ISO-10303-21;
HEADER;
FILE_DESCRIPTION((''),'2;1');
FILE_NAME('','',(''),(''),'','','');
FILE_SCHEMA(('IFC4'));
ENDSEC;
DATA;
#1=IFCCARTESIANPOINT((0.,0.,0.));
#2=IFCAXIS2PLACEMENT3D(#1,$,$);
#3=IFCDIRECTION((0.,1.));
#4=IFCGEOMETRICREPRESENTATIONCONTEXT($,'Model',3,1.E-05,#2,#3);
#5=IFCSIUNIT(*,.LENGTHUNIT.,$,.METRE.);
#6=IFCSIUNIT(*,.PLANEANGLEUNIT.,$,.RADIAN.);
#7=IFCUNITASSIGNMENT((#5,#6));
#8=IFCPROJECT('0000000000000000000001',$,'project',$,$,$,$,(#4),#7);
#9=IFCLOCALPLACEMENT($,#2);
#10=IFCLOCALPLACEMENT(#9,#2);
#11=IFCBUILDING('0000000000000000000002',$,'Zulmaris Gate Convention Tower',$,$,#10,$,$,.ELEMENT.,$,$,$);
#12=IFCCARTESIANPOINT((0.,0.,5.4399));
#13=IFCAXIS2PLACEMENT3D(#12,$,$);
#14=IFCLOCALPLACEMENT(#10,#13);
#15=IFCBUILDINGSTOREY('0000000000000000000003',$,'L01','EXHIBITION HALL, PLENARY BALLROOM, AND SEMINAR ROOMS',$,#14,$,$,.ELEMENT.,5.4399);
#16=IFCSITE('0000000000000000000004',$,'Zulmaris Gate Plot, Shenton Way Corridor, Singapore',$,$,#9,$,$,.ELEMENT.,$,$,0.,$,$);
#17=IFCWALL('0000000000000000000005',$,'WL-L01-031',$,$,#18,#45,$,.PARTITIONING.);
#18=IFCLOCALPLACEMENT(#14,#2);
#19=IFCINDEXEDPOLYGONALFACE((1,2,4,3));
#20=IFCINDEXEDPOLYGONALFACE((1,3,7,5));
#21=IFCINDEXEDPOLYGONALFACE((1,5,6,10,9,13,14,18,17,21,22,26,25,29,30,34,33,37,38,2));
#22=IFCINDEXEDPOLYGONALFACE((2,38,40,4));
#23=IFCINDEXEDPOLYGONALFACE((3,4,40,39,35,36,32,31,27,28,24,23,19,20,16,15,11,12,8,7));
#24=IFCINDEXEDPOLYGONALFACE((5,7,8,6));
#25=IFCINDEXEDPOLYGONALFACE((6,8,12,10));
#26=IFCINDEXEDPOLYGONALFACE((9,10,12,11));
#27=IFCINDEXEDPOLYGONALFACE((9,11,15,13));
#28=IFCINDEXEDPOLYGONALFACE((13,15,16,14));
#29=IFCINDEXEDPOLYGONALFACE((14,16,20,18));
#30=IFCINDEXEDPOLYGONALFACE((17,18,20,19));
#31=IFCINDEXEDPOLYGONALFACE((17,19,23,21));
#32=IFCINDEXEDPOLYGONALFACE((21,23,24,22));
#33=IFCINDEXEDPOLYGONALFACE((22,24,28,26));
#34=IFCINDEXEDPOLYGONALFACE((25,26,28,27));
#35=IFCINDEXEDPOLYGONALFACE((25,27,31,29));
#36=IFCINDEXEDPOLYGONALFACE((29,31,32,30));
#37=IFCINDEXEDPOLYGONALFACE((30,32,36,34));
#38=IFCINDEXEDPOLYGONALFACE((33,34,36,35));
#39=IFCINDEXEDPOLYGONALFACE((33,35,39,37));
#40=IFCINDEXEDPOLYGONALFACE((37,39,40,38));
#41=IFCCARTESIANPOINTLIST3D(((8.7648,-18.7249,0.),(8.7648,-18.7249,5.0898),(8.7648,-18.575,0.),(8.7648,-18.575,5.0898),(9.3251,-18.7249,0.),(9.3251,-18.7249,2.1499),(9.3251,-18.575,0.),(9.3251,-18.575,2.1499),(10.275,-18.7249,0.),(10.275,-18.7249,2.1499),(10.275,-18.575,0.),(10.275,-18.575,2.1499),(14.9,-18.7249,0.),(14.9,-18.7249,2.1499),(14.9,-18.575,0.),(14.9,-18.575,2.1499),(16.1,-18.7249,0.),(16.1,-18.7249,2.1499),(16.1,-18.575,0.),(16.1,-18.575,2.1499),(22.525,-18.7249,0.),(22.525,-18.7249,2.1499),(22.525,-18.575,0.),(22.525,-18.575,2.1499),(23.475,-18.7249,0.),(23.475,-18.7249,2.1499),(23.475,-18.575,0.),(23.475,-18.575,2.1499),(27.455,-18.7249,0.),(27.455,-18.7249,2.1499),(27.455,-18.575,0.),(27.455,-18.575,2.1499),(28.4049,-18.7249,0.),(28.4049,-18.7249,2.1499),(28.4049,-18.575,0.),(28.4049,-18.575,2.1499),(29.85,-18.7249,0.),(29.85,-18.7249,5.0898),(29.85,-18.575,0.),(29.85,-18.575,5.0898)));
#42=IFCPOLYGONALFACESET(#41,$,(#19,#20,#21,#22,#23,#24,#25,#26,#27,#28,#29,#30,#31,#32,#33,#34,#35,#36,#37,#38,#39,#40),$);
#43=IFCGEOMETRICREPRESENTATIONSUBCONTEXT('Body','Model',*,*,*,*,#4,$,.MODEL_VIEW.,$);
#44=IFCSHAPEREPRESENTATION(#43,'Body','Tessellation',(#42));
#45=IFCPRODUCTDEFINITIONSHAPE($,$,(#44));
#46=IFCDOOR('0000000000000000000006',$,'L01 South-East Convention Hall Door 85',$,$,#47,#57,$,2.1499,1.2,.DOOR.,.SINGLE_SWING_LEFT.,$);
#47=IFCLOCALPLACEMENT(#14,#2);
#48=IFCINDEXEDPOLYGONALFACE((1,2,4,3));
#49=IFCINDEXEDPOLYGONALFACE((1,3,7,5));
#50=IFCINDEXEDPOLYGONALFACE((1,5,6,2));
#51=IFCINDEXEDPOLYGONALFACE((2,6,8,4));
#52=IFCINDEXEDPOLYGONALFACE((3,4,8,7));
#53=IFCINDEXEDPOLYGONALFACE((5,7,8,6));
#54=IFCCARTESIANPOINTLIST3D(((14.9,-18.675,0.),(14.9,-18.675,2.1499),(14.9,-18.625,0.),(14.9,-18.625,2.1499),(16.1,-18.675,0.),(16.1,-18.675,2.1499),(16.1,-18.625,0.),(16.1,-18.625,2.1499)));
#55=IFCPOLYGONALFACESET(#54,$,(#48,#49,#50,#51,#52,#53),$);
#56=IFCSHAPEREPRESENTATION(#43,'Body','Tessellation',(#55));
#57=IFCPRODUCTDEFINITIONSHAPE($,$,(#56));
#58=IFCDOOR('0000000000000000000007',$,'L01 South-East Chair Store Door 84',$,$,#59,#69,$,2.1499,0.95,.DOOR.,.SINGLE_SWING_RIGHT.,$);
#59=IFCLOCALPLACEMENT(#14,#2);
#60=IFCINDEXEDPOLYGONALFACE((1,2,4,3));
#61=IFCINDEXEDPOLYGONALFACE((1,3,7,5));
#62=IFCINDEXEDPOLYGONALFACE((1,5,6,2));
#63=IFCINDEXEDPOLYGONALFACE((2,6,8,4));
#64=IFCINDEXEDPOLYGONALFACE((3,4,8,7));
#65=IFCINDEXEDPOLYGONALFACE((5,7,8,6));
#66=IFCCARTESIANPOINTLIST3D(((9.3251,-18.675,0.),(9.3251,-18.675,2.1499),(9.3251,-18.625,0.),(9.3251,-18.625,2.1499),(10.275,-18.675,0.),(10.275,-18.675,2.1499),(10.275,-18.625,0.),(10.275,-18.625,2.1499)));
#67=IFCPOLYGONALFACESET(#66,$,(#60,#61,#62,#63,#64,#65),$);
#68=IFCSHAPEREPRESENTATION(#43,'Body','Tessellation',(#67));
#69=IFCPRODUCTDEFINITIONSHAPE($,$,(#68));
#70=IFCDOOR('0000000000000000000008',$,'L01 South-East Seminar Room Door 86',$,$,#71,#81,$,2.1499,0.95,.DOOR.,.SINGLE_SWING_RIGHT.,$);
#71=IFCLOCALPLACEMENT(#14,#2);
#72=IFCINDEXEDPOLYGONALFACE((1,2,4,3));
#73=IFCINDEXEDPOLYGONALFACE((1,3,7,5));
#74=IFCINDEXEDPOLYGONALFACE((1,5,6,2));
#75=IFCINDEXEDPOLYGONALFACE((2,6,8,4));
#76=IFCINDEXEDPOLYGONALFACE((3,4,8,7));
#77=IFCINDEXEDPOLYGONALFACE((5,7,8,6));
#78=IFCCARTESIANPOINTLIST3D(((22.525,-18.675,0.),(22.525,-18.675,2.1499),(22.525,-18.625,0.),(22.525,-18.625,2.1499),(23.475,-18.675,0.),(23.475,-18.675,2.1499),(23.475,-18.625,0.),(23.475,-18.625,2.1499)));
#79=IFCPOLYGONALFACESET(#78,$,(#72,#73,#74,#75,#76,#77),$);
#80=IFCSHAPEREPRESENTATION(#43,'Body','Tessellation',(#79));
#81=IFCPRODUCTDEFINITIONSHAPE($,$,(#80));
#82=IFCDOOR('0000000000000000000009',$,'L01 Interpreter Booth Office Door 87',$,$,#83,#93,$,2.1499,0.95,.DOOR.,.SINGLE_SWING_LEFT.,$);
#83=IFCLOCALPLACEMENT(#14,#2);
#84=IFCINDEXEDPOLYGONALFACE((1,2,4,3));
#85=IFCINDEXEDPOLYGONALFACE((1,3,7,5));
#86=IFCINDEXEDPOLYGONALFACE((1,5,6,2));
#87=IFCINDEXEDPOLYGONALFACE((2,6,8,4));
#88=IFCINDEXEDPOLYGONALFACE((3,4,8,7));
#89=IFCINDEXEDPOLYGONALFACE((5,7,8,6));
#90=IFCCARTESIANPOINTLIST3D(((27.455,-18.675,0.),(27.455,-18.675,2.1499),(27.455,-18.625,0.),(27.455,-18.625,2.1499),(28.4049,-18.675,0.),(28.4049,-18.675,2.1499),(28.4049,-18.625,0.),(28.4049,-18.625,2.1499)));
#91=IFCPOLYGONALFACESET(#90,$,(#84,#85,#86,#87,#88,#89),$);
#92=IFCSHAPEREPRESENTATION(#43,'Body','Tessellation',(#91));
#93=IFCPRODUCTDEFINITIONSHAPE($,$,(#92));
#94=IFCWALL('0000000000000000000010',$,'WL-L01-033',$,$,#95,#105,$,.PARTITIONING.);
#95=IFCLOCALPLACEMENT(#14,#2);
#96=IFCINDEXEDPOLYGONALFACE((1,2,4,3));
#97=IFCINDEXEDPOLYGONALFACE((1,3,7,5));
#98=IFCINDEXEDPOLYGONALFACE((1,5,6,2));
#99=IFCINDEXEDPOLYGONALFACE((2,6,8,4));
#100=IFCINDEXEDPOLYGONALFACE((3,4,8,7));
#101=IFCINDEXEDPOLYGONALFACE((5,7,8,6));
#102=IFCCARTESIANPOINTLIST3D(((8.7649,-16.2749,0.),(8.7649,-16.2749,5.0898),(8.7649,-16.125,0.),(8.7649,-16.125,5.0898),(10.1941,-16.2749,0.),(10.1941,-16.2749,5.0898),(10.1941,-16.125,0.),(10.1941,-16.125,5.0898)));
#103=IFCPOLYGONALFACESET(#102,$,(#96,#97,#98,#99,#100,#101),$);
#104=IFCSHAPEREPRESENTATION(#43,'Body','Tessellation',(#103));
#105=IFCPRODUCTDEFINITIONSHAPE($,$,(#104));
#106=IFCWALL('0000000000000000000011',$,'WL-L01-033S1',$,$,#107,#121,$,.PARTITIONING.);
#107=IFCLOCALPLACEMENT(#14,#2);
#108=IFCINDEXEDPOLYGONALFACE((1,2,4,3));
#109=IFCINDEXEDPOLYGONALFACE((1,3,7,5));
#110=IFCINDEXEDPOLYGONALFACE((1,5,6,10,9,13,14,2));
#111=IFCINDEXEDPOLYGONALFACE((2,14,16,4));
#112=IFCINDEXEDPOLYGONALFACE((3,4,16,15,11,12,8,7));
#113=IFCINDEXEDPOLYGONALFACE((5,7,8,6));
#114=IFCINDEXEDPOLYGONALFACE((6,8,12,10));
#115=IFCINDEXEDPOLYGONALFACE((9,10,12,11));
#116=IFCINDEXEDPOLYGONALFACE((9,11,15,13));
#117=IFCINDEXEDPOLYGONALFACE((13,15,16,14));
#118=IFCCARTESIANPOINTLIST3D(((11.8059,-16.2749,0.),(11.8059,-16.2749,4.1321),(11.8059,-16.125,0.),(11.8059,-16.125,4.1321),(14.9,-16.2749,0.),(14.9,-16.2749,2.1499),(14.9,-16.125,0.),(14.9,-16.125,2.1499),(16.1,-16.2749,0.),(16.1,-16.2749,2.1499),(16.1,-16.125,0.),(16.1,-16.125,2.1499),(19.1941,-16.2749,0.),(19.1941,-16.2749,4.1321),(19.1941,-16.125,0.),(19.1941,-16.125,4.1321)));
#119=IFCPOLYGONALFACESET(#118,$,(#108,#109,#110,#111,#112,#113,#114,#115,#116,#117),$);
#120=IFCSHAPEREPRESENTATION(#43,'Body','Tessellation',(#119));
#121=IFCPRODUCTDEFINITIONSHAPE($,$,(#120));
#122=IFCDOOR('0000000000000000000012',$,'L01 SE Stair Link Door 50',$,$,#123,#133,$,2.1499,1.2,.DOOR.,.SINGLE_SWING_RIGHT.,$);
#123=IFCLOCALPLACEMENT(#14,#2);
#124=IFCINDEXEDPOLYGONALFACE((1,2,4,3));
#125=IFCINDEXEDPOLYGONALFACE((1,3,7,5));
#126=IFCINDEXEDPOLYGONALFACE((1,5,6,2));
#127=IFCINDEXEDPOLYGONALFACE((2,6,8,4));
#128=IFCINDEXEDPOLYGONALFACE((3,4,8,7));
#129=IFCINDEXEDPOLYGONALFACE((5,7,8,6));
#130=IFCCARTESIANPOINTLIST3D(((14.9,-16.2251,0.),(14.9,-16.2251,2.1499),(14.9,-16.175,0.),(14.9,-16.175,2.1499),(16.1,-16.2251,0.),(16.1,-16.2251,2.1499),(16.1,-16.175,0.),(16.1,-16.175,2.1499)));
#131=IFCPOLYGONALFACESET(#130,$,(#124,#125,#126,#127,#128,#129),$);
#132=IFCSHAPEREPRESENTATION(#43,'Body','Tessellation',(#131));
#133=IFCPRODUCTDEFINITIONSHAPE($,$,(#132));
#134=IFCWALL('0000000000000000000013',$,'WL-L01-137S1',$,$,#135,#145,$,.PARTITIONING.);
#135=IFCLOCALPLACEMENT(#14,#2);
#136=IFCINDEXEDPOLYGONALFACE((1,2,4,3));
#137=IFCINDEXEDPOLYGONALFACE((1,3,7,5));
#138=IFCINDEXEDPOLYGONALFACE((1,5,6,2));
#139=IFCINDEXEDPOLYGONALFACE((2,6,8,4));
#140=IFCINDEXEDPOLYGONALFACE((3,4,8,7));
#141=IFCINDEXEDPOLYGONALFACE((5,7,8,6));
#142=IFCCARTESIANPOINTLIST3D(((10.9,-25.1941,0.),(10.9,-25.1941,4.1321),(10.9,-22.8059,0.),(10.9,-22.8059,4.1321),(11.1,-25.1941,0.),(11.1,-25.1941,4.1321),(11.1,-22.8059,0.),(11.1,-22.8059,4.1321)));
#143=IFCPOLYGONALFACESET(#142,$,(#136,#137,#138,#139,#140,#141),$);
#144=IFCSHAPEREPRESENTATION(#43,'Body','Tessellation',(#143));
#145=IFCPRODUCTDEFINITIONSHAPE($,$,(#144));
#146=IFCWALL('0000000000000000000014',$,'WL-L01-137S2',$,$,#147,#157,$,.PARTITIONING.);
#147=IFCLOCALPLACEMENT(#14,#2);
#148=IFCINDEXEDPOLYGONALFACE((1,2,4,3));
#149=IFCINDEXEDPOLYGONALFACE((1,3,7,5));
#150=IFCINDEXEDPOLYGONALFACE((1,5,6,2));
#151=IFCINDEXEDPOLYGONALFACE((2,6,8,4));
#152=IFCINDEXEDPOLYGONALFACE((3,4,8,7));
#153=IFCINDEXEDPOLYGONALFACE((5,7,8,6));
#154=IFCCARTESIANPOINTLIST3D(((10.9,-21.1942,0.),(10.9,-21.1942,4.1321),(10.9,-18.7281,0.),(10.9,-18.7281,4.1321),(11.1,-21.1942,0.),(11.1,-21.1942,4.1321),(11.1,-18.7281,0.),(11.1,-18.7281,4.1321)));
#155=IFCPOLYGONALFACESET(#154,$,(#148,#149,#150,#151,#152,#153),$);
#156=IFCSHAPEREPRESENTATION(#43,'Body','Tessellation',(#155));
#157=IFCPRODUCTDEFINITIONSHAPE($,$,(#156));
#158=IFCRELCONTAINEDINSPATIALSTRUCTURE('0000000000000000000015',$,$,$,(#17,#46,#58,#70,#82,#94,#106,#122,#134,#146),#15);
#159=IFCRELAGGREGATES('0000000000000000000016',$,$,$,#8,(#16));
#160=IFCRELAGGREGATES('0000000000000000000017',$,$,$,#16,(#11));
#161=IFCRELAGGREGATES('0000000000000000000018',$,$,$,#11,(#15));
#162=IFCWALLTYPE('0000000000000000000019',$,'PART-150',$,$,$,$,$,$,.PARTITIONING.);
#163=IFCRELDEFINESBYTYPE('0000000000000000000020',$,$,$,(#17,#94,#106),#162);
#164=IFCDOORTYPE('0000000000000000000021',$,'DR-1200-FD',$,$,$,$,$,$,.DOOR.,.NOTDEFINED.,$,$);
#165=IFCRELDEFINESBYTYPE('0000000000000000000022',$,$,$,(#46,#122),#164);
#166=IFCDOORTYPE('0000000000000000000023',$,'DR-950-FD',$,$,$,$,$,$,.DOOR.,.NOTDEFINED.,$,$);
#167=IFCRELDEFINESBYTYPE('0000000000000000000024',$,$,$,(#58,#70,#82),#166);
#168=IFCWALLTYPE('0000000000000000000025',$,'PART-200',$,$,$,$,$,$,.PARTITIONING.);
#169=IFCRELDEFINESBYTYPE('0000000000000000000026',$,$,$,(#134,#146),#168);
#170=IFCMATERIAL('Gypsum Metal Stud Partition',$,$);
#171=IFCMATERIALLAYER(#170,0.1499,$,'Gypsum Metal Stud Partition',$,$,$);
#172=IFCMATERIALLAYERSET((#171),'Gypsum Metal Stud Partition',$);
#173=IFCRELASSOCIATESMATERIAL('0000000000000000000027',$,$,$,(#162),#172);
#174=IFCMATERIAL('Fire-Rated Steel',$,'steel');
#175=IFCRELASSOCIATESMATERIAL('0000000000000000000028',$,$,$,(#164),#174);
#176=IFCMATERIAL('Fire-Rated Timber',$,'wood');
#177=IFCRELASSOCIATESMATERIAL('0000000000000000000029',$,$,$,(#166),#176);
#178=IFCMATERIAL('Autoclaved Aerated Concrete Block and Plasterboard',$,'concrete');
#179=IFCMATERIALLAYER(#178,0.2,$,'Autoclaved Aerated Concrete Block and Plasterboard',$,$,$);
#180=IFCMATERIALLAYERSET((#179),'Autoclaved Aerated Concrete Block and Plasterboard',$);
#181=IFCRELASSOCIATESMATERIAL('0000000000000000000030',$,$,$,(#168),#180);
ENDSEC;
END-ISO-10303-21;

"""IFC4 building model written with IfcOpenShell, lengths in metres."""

from ifc_helpers import new_model, si_unit, direction, frame, frame_2d, origin, place, context, subcontext, project, spatial, rectangle, extrude, material, layer, layer_set, type_object, element, fill, save


model = new_model("IFC4")

# Units and contexts
model_context = context("Model", 3, precision=1e-05, world=origin(), true_north=direction((0.0, 1.0)))
body_context = subcontext(model_context, "Body", "Model", "MODEL_VIEW")
ifc_project = project(units=[si_unit("LENGTHUNIT", "METRE"), si_unit("PLANEANGLEUNIT", "RADIAN")], contexts=[model_context])

# Site, building, storey
site_placement = place(None, origin())
site = spatial("IfcSite", under=ifc_project, at=site_placement, Name="Zulmaris Gate Plot, Shenton Way Corridor, Singapore", CompositionType="ELEMENT", RefElevation=0.0)
building_placement = place(site_placement, origin())
building = spatial("IfcBuilding", under=site, at=building_placement, Name="Zulmaris Gate Convention Tower", CompositionType="ELEMENT")
storey_placement = place(building_placement, frame((0.0, 0.0, 5.4399)))
storey = spatial("IfcBuildingStorey", under=building, at=storey_placement, Name="L01", Description="EXHIBITION HALL, PLENARY BALLROOM, AND SEMINAR ROOMS", CompositionType="ELEMENT", Elevation=5.4399)

# Wall, openings, doors
ifc_material_1 = material(Name="Gypsum Metal Stud Partition")
ifc_layer_1 = layer(ifc_material_1, 0.1499, Name="Gypsum Metal Stud Partition")
ifc_layer_set_1 = layer_set([ifc_layer_1], Name="Gypsum Metal Stud Partition")
wall_type_1 = type_object("IfcWallType", Name="PART-150", PredefinedType="PARTITIONING", material=ifc_layer_set_1)
wall_1_placement = place(storey_placement, frame((8.7649, -18.6499, 0.0), z_axis=(0.0, 0.0, 1.0), x_axis=(1.0, 0.0, 0.0)))
wall_1 = element("IfcWall", 1, at=wall_1_placement, inside=storey, type_object=wall_type_1, Name="WL-L01-031", PredefinedType="PARTITIONING", context=body_context, shape_type="SweptSolid", body=[
    extrude(rectangle(XDim=21.0852, YDim=0.1499, at=frame_2d((10.5425, 0.0))), origin(), (0.0, 0.0, 1.0), 5.0898),
])
opening_1_placement = place(wall_1_placement, frame((0.5601, 0.0, 0.0)))
opening_1 = element("IfcOpeningElement", 2, at=opening_1_placement, cuts=wall_1, PredefinedType="OPENING", context=body_context, shape_type="SweptSolid", body=[
    extrude(rectangle(XDim=0.95, YDim=2.1499, at=frame_2d((0.4751, 1.075))), frame((0.0, 0.085, 0.0), z_axis=(0.0, -1.0, 0.0), x_axis=(1.0, 0.0, 0.0)), (0.0, 0.0, 1.0), 0.1699),
])
opening_2_placement = place(wall_1_placement, frame((6.135, 0.0, 0.0)))
opening_2 = element("IfcOpeningElement", 3, at=opening_2_placement, cuts=wall_1, PredefinedType="OPENING", context=body_context, shape_type="SweptSolid", body=[
    extrude(rectangle(XDim=1.2, YDim=2.1499, at=frame_2d((0.6001, 1.075))), frame((0.0, 0.085, 0.0), z_axis=(0.0, -1.0, 0.0), x_axis=(1.0, 0.0, 0.0)), (0.0, 0.0, 1.0), 0.1699),
])
opening_3_placement = place(wall_1_placement, frame((13.76, 0.0, 0.0)))
opening_3 = element("IfcOpeningElement", 4, at=opening_3_placement, cuts=wall_1, PredefinedType="OPENING", context=body_context, shape_type="SweptSolid", body=[
    extrude(rectangle(XDim=0.95, YDim=2.1499, at=frame_2d((0.4751, 1.075))), frame((0.0, 0.085, 0.0), z_axis=(0.0, -1.0, 0.0), x_axis=(1.0, 0.0, 0.0)), (0.0, 0.0, 1.0), 0.1699),
])
opening_4_placement = place(wall_1_placement, frame((18.6899, 0.0, 0.0)))
opening_4 = element("IfcOpeningElement", 5, at=opening_4_placement, cuts=wall_1, PredefinedType="OPENING", context=body_context, shape_type="SweptSolid", body=[
    extrude(rectangle(XDim=0.95, YDim=2.1499, at=frame_2d((0.4751, 1.075))), frame((0.0, 0.085, 0.0), z_axis=(0.0, -1.0, 0.0), x_axis=(1.0, 0.0, 0.0)), (0.0, 0.0, 1.0), 0.1699),
])
ifc_material_2 = material(Name="Fire-Rated Steel", Category="steel")
door_type_1 = type_object("IfcDoorType", Name="DR-1200-FD", OperationType="NOTDEFINED", PredefinedType="DOOR", material=ifc_material_2)
door_1_placement = place(opening_2_placement, origin())
door_1 = element("IfcDoor", 6, at=door_1_placement, inside=storey, type_object=door_type_1, Name="L01 South-East Convention Hall Door 85", OperationType="SINGLE_SWING_LEFT", OverallHeight=2.1499, OverallWidth=1.2, PredefinedType="DOOR", context=body_context, shape_type="SweptSolid", body=[
    extrude(rectangle(XDim=1.2, YDim=2.1499, at=frame_2d((0.6001, 1.075))), frame((0.0, 0.0249, 0.0), z_axis=(0.0, -1.0, 0.0), x_axis=(1.0, 0.0, 0.0)), (0.0, 0.0, 1.0), 0.05),
])
fill(opening_2, door_1)
ifc_material_3 = material(Name="Fire-Rated Timber", Category="wood")
door_type_2 = type_object("IfcDoorType", Name="DR-950-FD", OperationType="NOTDEFINED", PredefinedType="DOOR", material=ifc_material_3)
door_2_placement = place(opening_1_placement, origin())
door_2 = element("IfcDoor", 7, at=door_2_placement, inside=storey, type_object=door_type_2, Name="L01 South-East Chair Store Door 84", OperationType="SINGLE_SWING_RIGHT", OverallHeight=2.1499, OverallWidth=0.95, PredefinedType="DOOR", context=body_context, shape_type="SweptSolid", body=[
    extrude(rectangle(XDim=0.95, YDim=2.1499, at=frame_2d((0.4751, 1.075))), frame((0.0, 0.0249, 0.0), z_axis=(0.0, -1.0, 0.0), x_axis=(1.0, 0.0, 0.0)), (0.0, 0.0, 1.0), 0.05),
])
fill(opening_1, door_2)
door_3_placement = place(opening_3_placement, origin())
door_3 = element("IfcDoor", 8, at=door_3_placement, inside=storey, type_object=door_type_2, Name="L01 South-East Seminar Room Door 86", OperationType="SINGLE_SWING_RIGHT", OverallHeight=2.1499, OverallWidth=0.95, PredefinedType="DOOR", context=body_context, shape_type="SweptSolid", body=[
    extrude(rectangle(XDim=0.95, YDim=2.1499, at=frame_2d((0.4751, 1.075))), frame((0.0, 0.0249, 0.0), z_axis=(0.0, -1.0, 0.0), x_axis=(1.0, 0.0, 0.0)), (0.0, 0.0, 1.0), 0.05),
])
fill(opening_3, door_3)
door_4_placement = place(opening_4_placement, origin())
door_4 = element("IfcDoor", 9, at=door_4_placement, inside=storey, type_object=door_type_2, Name="L01 Interpreter Booth Office Door 87", OperationType="SINGLE_SWING_LEFT", OverallHeight=2.1499, OverallWidth=0.95, PredefinedType="DOOR", context=body_context, shape_type="SweptSolid", body=[
    extrude(rectangle(XDim=0.95, YDim=2.1499, at=frame_2d((0.4751, 1.075))), frame((0.0, 0.0249, 0.0), z_axis=(0.0, -1.0, 0.0), x_axis=(1.0, 0.0, 0.0)), (0.0, 0.0, 1.0), 0.05),
])
fill(opening_4, door_4)

# Wall
wall_2_placement = place(storey_placement, frame((8.7649, -16.2, 0.0), z_axis=(0.0, 0.0, 1.0), x_axis=(1.0, 0.0, 0.0)))
element("IfcWall", 10, at=wall_2_placement, inside=storey, type_object=wall_type_1, Name="WL-L01-033", PredefinedType="PARTITIONING", context=body_context, shape_type="SweptSolid", body=[
    extrude(rectangle(XDim=1.4292, YDim=0.1499, at=frame_2d((0.7146, 0.0))), origin(), (0.0, 0.0, 1.0), 5.0898),
])

# Wall, opening, door
wall_3_placement = place(storey_placement, frame((11.8059, -16.2, 0.0), z_axis=(0.0, 0.0, 1.0), x_axis=(1.0, 0.0, 0.0)))
wall_3 = element("IfcWall", 11, at=wall_3_placement, inside=storey, type_object=wall_type_1, Name="WL-L01-033S1", PredefinedType="PARTITIONING", context=body_context, shape_type="SweptSolid", body=[
    extrude(rectangle(XDim=7.3882, YDim=0.1499, at=frame_2d((3.6941, 0.0))), origin(), (0.0, 0.0, 1.0), 4.1321),
])
opening_5_placement = place(wall_3_placement, frame((3.094, 0.0, 0.0)))
opening_5 = element("IfcOpeningElement", 12, at=opening_5_placement, cuts=wall_3, PredefinedType="OPENING", context=body_context, shape_type="SweptSolid", body=[
    extrude(rectangle(XDim=1.2, YDim=2.1499, at=frame_2d((0.6001, 1.075))), frame((0.0, 0.085, 0.0), z_axis=(0.0, -1.0, 0.0), x_axis=(1.0, 0.0, 0.0)), (0.0, 0.0, 1.0), 0.1699),
])
door_5_placement = place(opening_5_placement, origin())
door_5 = element("IfcDoor", 13, at=door_5_placement, inside=storey, type_object=door_type_1, Name="L01 SE Stair Link Door 50", OperationType="SINGLE_SWING_RIGHT", OverallHeight=2.1499, OverallWidth=1.2, PredefinedType="DOOR", context=body_context, shape_type="SweptSolid", body=[
    extrude(rectangle(XDim=1.2, YDim=2.1499, at=frame_2d((0.6001, 1.075))), frame((0.0, 0.0249, 0.0), z_axis=(0.0, -1.0, 0.0), x_axis=(1.0, 0.0, 0.0)), (0.0, 0.0, 1.0), 0.05),
])
fill(opening_5, door_5)

# Walls
ifc_material_4 = material(Name="Autoclaved Aerated Concrete Block and Plasterboard", Category="concrete")
ifc_layer_2 = layer(ifc_material_4, 0.2, Name="Autoclaved Aerated Concrete Block and Plasterboard")
ifc_layer_set_2 = layer_set([ifc_layer_2], Name="Autoclaved Aerated Concrete Block and Plasterboard")
wall_type_2 = type_object("IfcWallType", Name="PART-200", PredefinedType="PARTITIONING", material=ifc_layer_set_2)
wall_4_placement = place(storey_placement, frame((11.0, -25.1941, 0.0), z_axis=(0.0, 0.0, 1.0), x_axis=(0.0, 1.0, 0.0)))
element("IfcWall", 14, at=wall_4_placement, inside=storey, type_object=wall_type_2, Name="WL-L01-137S1", PredefinedType="PARTITIONING", context=body_context, shape_type="SweptSolid", body=[
    extrude(rectangle(XDim=2.3882, YDim=0.2, at=frame_2d((1.1941, 0.0))), origin(), (0.0, 0.0, 1.0), 4.1321),
])
wall_5_placement = place(storey_placement, frame((11.0, -21.1941, 0.0), z_axis=(0.0, 0.0, 1.0), x_axis=(0.0, 1.0, 0.0)))
element("IfcWall", 15, at=wall_5_placement, inside=storey, type_object=wall_type_2, Name="WL-L01-137S2", PredefinedType="PARTITIONING", context=body_context, shape_type="SweptSolid", body=[
    extrude(rectangle(XDim=2.4661, YDim=0.2, at=frame_2d((1.2329, 0.0))), origin(), (0.0, 0.0, 1.0), 4.1321),
])

save(model, "model.ifc")
